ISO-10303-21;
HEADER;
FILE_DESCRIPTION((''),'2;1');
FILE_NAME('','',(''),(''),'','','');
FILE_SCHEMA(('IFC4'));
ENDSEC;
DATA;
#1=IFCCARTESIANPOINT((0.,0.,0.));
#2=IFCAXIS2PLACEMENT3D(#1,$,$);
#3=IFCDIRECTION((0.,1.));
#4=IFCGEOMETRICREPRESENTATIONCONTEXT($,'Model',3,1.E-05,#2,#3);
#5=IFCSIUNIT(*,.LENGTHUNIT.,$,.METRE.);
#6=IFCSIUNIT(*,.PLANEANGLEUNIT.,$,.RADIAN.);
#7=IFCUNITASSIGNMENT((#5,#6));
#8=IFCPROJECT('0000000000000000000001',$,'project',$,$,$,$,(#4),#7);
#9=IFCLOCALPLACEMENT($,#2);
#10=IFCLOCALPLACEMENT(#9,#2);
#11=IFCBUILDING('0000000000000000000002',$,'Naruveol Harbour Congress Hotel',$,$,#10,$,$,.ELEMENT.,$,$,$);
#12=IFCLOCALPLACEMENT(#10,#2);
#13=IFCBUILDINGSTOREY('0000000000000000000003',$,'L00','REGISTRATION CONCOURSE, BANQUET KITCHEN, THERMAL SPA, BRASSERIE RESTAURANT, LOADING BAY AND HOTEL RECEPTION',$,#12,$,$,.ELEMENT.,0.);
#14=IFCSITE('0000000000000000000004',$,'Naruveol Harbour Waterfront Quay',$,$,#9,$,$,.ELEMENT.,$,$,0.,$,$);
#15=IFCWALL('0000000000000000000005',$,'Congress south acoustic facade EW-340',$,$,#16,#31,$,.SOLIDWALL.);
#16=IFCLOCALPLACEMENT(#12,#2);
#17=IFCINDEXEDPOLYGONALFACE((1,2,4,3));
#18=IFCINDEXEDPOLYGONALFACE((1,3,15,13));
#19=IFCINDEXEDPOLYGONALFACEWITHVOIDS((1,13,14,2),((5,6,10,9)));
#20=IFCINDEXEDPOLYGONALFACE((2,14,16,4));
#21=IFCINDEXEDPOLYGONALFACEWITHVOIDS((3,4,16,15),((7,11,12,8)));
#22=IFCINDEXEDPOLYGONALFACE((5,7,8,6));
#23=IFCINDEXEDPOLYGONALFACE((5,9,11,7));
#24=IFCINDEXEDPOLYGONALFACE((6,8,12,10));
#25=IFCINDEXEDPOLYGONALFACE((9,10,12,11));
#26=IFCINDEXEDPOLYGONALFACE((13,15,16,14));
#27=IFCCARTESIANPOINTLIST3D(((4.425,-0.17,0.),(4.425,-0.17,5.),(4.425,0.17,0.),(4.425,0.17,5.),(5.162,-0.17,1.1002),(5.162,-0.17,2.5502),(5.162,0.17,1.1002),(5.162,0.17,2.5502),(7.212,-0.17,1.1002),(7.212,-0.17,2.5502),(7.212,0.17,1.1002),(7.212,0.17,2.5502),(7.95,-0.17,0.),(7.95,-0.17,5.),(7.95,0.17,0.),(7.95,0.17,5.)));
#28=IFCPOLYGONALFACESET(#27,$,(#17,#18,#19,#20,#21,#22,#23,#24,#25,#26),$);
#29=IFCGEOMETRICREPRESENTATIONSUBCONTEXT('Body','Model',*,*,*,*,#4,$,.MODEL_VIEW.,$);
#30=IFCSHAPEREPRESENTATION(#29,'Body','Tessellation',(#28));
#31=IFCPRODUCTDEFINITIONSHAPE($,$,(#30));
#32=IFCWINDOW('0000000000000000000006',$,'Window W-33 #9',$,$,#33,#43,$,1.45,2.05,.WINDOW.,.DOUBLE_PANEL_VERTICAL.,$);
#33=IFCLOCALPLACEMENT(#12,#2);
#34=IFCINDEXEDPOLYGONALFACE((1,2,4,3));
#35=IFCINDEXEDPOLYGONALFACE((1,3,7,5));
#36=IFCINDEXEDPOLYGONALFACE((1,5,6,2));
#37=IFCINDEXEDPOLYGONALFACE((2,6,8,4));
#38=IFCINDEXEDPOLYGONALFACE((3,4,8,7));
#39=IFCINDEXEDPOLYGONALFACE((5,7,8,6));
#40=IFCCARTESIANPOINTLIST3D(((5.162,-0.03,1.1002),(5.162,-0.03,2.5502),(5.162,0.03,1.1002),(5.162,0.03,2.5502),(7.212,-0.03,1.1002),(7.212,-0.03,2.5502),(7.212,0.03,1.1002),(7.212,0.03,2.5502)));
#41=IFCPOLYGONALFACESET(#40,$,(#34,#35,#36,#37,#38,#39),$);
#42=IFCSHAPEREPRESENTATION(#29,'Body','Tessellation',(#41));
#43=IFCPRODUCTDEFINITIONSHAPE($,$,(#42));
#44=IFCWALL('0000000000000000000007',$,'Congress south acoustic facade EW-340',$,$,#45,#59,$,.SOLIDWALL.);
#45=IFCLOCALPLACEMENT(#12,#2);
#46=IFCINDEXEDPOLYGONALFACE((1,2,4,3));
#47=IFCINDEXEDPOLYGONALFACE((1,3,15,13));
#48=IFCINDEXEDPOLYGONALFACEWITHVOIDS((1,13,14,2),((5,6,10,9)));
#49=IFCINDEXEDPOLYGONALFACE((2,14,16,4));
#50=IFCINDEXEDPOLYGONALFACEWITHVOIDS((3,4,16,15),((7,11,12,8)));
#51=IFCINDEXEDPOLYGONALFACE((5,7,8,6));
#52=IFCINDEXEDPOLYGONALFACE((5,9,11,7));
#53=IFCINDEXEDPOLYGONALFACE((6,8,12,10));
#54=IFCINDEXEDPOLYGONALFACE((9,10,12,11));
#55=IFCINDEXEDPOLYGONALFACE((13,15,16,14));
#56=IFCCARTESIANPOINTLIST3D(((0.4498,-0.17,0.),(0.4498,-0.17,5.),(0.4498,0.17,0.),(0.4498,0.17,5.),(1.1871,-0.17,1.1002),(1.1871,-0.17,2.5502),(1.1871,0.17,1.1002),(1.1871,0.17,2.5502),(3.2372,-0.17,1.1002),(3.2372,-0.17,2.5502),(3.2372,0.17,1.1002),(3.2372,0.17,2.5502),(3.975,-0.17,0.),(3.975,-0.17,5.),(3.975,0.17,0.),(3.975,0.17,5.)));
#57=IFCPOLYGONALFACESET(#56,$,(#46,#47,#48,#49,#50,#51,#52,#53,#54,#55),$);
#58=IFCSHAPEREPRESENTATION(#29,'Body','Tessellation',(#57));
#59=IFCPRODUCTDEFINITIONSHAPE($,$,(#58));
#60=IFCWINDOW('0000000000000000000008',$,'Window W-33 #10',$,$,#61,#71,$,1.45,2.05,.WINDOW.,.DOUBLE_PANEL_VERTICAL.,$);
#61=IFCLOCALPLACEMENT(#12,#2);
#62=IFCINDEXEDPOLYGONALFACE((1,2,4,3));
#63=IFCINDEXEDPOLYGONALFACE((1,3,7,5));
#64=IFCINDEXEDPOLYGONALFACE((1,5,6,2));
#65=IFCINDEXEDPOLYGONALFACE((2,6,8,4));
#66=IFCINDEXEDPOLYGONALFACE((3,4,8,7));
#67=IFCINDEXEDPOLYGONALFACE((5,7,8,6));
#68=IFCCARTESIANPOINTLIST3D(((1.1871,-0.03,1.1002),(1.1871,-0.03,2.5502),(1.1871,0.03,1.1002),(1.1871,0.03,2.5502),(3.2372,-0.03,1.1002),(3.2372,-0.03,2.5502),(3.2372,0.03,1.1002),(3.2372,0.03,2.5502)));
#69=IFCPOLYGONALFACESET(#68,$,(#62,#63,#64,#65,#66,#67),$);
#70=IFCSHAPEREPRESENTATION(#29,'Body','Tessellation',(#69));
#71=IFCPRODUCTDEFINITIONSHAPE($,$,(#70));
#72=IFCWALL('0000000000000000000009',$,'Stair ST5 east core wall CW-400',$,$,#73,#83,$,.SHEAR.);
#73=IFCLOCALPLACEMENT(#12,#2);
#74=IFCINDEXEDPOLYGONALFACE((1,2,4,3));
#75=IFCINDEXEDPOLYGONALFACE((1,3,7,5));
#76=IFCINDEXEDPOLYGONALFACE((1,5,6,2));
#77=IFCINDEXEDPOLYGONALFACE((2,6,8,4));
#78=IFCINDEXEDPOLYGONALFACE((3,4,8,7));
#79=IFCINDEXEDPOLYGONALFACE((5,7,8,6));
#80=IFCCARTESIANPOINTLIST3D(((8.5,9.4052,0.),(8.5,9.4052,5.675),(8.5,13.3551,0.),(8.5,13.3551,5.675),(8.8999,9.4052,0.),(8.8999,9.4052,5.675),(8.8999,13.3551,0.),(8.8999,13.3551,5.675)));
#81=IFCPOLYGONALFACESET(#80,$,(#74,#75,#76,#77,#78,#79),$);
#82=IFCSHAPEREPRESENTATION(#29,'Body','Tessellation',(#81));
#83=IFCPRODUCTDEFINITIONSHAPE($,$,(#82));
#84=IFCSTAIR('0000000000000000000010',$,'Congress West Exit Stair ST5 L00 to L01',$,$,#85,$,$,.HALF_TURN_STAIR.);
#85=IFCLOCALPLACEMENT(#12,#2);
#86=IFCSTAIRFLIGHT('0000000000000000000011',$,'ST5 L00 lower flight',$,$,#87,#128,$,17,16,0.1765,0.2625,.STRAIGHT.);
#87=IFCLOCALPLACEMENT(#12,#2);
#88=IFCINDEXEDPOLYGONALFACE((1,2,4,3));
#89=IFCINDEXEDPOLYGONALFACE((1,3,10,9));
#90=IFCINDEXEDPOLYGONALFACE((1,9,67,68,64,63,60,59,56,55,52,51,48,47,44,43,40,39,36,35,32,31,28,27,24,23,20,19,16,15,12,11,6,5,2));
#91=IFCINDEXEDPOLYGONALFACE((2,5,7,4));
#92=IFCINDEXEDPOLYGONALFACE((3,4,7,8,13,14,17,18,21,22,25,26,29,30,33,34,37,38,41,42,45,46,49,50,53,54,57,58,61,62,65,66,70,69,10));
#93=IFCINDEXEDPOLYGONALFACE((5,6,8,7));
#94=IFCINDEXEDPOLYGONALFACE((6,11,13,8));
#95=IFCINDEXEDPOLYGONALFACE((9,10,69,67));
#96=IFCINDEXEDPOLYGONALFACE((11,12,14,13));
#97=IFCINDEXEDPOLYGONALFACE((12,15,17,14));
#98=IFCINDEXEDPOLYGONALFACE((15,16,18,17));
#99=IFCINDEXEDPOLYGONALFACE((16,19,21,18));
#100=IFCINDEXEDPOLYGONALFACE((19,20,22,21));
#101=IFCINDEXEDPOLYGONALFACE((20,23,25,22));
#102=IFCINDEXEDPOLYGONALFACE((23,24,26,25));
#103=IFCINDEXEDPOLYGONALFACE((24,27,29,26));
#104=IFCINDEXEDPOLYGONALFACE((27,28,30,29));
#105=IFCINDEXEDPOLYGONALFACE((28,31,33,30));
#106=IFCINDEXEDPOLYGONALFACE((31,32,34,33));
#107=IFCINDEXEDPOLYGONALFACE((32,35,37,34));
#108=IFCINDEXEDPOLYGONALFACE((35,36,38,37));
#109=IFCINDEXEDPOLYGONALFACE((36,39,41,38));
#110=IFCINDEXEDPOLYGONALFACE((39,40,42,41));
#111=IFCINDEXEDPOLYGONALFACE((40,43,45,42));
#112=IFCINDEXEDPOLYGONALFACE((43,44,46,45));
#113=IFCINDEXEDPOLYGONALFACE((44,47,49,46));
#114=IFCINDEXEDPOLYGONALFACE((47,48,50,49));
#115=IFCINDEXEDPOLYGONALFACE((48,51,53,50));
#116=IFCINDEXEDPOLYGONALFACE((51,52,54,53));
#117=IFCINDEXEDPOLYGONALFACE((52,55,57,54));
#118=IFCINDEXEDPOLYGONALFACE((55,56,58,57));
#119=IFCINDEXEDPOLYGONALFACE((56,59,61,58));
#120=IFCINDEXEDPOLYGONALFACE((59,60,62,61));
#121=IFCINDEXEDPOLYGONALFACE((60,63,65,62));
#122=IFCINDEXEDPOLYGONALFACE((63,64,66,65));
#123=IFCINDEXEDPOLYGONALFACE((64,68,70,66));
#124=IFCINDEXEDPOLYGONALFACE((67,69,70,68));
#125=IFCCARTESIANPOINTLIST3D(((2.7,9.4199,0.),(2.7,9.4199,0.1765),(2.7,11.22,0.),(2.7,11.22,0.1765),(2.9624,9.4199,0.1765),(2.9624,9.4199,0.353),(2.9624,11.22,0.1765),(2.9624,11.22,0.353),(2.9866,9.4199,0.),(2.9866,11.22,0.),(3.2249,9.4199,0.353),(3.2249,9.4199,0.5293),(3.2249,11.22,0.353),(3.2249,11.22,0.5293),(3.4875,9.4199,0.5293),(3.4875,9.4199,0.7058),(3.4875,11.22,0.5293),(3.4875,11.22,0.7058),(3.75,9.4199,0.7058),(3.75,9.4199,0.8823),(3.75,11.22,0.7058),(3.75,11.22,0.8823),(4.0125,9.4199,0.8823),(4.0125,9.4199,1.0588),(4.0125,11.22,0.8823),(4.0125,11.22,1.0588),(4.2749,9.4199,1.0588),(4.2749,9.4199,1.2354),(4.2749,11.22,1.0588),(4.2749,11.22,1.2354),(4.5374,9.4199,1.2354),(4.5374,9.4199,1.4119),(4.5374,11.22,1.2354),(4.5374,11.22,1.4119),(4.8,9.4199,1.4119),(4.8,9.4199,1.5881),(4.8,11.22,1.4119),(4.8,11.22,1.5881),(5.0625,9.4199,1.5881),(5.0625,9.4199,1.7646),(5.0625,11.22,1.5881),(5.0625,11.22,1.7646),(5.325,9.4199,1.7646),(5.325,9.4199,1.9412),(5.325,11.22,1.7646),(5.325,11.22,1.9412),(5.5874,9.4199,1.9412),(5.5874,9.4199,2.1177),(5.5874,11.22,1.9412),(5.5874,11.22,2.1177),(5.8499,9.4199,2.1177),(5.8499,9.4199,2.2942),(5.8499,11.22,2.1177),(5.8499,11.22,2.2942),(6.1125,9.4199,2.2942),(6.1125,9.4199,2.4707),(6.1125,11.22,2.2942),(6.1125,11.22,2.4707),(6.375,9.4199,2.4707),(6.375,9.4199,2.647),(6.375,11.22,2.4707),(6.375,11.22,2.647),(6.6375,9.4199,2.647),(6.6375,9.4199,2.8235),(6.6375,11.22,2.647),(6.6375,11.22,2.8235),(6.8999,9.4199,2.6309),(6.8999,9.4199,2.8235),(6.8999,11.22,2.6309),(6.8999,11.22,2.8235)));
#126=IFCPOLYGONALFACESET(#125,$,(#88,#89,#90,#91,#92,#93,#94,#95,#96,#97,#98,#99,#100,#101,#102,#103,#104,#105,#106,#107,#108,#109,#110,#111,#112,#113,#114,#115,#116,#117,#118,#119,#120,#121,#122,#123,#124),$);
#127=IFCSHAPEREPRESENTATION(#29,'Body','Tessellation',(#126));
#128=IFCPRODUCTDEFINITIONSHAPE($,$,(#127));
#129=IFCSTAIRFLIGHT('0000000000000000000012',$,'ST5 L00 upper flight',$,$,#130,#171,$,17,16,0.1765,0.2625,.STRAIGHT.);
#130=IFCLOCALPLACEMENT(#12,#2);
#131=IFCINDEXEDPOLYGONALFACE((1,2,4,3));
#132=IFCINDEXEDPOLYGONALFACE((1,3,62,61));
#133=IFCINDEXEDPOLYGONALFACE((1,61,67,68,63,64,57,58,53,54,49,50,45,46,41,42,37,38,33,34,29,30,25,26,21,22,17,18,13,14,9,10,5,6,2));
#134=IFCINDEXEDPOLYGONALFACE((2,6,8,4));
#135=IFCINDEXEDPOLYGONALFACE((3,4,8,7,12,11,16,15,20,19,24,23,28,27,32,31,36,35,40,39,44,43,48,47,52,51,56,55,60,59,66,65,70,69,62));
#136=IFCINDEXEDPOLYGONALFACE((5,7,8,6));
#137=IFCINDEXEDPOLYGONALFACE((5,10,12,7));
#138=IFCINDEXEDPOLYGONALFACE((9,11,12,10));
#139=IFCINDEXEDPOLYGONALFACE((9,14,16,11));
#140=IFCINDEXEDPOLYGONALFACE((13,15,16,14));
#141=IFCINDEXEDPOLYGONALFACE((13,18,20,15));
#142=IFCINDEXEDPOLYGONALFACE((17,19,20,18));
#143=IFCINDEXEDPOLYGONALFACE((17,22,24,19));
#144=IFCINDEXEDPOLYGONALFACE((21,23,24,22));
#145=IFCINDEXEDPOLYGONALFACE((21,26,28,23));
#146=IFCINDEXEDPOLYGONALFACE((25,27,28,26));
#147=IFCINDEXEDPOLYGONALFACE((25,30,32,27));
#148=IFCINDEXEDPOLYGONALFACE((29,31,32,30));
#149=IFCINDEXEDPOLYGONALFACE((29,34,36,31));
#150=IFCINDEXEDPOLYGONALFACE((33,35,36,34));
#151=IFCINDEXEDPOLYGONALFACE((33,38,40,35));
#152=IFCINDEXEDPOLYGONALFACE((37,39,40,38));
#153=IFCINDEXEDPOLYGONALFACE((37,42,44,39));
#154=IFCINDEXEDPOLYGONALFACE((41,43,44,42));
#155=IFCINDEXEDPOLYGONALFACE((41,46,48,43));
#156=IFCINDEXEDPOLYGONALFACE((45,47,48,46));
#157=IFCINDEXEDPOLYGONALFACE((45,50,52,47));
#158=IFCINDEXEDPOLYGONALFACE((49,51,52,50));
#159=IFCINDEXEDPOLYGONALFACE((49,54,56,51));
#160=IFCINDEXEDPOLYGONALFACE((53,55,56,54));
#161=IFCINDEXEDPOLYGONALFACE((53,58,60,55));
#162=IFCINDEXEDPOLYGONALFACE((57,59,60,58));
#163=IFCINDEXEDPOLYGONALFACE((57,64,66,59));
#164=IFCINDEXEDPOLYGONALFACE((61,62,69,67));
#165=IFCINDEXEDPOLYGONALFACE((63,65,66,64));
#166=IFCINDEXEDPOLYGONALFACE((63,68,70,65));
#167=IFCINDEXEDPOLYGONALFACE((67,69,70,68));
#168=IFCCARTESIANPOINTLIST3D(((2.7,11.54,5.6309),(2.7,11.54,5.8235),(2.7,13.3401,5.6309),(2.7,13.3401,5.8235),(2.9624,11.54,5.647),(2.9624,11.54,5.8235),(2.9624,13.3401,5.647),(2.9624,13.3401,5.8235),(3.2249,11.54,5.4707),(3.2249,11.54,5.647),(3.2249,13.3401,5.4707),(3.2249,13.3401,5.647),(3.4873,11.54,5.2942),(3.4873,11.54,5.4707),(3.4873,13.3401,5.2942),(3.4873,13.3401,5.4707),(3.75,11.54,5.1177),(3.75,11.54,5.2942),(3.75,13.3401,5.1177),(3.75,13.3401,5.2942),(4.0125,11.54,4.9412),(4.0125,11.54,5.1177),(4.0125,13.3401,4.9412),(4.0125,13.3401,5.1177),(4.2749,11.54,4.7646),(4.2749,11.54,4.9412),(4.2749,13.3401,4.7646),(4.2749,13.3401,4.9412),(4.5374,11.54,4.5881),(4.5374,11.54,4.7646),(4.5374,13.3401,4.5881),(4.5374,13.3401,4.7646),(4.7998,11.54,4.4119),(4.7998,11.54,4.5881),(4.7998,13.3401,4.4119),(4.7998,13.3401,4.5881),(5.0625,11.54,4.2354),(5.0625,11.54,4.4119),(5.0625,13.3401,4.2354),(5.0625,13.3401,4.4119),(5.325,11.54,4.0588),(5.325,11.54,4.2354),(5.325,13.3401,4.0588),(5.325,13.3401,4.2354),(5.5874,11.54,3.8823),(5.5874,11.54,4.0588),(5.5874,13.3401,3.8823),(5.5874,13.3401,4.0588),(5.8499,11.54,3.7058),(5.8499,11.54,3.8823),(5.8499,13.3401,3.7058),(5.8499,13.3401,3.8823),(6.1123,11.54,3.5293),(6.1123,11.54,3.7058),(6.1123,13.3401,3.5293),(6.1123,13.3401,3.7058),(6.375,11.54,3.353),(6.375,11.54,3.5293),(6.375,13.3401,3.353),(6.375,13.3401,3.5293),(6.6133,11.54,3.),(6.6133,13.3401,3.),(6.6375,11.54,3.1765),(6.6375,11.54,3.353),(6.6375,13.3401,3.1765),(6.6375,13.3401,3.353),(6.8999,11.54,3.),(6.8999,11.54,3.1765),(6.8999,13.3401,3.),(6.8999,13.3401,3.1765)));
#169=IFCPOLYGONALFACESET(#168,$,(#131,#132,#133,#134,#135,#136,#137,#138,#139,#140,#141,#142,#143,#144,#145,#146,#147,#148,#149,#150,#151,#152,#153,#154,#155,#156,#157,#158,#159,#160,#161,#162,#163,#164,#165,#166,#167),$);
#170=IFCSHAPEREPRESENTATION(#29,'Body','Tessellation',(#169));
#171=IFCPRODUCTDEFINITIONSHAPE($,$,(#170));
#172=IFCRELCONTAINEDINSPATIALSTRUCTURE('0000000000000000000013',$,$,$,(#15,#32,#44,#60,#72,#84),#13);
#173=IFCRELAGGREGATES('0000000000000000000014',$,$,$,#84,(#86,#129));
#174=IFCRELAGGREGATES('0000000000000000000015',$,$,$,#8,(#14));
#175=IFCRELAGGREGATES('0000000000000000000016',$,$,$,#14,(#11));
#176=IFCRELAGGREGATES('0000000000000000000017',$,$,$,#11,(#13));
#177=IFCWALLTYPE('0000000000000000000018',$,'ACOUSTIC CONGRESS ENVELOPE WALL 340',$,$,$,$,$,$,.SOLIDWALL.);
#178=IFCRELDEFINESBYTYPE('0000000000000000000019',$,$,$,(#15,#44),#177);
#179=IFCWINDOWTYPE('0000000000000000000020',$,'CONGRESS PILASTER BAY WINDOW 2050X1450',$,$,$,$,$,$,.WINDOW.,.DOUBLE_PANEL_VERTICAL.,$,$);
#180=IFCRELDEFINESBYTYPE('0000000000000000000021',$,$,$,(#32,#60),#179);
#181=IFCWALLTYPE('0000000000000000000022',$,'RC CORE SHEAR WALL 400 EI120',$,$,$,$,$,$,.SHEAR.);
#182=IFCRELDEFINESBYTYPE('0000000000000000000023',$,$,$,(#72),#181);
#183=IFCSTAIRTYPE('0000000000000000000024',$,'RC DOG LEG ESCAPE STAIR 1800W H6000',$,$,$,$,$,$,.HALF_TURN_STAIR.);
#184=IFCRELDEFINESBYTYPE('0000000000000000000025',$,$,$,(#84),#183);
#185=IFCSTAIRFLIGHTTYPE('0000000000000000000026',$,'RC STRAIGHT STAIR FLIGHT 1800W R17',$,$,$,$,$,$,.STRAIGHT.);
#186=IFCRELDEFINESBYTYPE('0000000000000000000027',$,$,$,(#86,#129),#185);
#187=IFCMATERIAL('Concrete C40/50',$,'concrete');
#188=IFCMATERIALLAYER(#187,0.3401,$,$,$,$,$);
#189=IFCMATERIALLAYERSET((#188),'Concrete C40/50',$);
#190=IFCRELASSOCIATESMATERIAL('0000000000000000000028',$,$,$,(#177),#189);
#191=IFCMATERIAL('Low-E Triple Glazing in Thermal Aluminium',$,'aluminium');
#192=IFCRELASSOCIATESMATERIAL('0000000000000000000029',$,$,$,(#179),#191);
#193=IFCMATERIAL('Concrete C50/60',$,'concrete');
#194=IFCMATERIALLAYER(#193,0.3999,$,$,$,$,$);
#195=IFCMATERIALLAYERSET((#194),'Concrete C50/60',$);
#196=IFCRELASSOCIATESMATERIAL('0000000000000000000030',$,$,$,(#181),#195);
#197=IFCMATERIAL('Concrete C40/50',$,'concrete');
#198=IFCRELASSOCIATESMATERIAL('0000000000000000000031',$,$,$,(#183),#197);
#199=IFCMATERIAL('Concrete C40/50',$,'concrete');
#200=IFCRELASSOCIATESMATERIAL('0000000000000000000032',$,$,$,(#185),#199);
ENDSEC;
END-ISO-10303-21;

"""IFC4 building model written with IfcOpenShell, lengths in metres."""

from ifc_helpers import new_model, si_unit, direction, frame, frame_2d, origin, place, context, subcontext, project, spatial, polyline, rectangle, outline, extrude, material, layer, layer_set, type_object, element, fill, aggregate, save


model = new_model("IFC4")

# Units and contexts
model_context = context("Model", 3, precision=1e-05, world=origin(), true_north=direction((0.0, 1.0)))
body_context = subcontext(model_context, "Body", "Model", "MODEL_VIEW")
ifc_project = project(units=[si_unit("LENGTHUNIT", "METRE"), si_unit("PLANEANGLEUNIT", "RADIAN")], contexts=[model_context])

# Site, building, storey
site_placement = place(None, origin())
site = spatial("IfcSite", under=ifc_project, at=site_placement, Name="Naruveol Harbour Waterfront Quay", CompositionType="ELEMENT", RefElevation=0.0)
building_placement = place(site_placement, origin())
building = spatial("IfcBuilding", under=site, at=building_placement, Name="Naruveol Harbour Congress Hotel", CompositionType="ELEMENT")
storey_placement = place(building_placement, origin())
storey = spatial("IfcBuildingStorey", under=building, at=storey_placement, Name="L00", Description="REGISTRATION CONCOURSE, BANQUET KITCHEN, THERMAL SPA, BRASSERIE RESTAURANT, LOADING BAY AND HOTEL RECEPTION", CompositionType="ELEMENT", Elevation=0.0)

# Shared definitions
ifc_material_1 = material(Name="Concrete C40/50", Category="concrete")
ifc_layer_1 = layer(ifc_material_1, 0.3401)
ifc_layer_set_1 = layer_set([ifc_layer_1], Name="Concrete C40/50")
wall_type_1 = type_object("IfcWallType", Name="ACOUSTIC CONGRESS ENVELOPE WALL 340", PredefinedType="SOLIDWALL", material=ifc_layer_set_1)
ifc_material_2 = material(Name="Low-E Triple Glazing in Thermal Aluminium", Category="aluminium")
window_type = type_object("IfcWindowType", Name="CONGRESS PILASTER BAY WINDOW 2050X1450", PartitioningType="DOUBLE_PANEL_VERTICAL", PredefinedType="WINDOW", material=ifc_material_2)

# Walls, openings, windows
wall_1_placement = place(storey_placement, frame((7.95, 0.0, 0.0), z_axis=(0.0, 0.0, 1.0), x_axis=(-1.0, 0.0, 0.0)))
wall_1 = element("IfcWall", 1, at=wall_1_placement, inside=storey, type_object=wall_type_1, Name="Congress south acoustic facade EW-340", PredefinedType="SOLIDWALL", context=body_context, shape_type="SweptSolid", body=[
    extrude(rectangle(XDim=3.5249, YDim=0.3401, at=frame_2d((1.7625, 0.0))), origin(), (0.0, 0.0, 1.0), 5.0),
])
opening_1_placement = place(wall_1_placement, frame((0.738, 0.0, 1.1001)))
opening_1 = element("IfcOpeningElement", 2, at=opening_1_placement, cuts=wall_1, PredefinedType="OPENING", context=body_context, shape_type="SweptSolid", body=[
    extrude(rectangle(XDim=2.05, YDim=1.45, at=frame_2d((1.0249, 0.7251))), frame((0.0, 0.1799, 0.0), z_axis=(0.0, -1.0, 0.0), x_axis=(1.0, 0.0, 0.0)), (0.0, 0.0, 1.0), 0.3601),
])
window_1_placement = place(opening_1_placement, origin())
window_1 = element("IfcWindow", 3, at=window_1_placement, inside=storey, type_object=window_type, Name="Window W-33 #9", OverallHeight=1.45, OverallWidth=2.05, PartitioningType="DOUBLE_PANEL_VERTICAL", PredefinedType="WINDOW", context=body_context, shape_type="SweptSolid", body=[
    extrude(rectangle(XDim=2.05, YDim=1.45, at=frame_2d((1.0249, 0.7251))), frame((0.0, 0.03, 0.0), z_axis=(0.0, -1.0, 0.0), x_axis=(1.0, 0.0, 0.0)), (0.0, 0.0, 1.0), 0.0601),
])
fill(opening_1, window_1)
wall_2_placement = place(storey_placement, frame((3.9751, 0.0, 0.0), z_axis=(0.0, 0.0, 1.0), x_axis=(-1.0, 0.0, 0.0)))
wall_2 = element("IfcWall", 4, at=wall_2_placement, inside=storey, type_object=wall_type_1, Name="Congress south acoustic facade EW-340", PredefinedType="SOLIDWALL", context=body_context, shape_type="SweptSolid", body=[
    extrude(rectangle(XDim=3.5251, YDim=0.3401, at=frame_2d((1.7627, 0.0))), origin(), (0.0, 0.0, 1.0), 5.0),
])
opening_2_placement = place(wall_2_placement, frame((0.738, 0.0, 1.1001)))
opening_2 = element("IfcOpeningElement", 5, at=opening_2_placement, cuts=wall_2, PredefinedType="OPENING", context=body_context, shape_type="SweptSolid", body=[
    extrude(rectangle(XDim=2.05, YDim=1.45, at=frame_2d((1.0249, 0.7251))), frame((0.0, 0.1799, 0.0), z_axis=(0.0, -1.0, 0.0), x_axis=(1.0, 0.0, 0.0)), (0.0, 0.0, 1.0), 0.3601),
])
window_2_placement = place(opening_2_placement, origin())
window_2 = element("IfcWindow", 6, at=window_2_placement, inside=storey, type_object=window_type, Name="Window W-33 #10", OverallHeight=1.45, OverallWidth=2.05, PartitioningType="DOUBLE_PANEL_VERTICAL", PredefinedType="WINDOW", context=body_context, shape_type="SweptSolid", body=[
    extrude(rectangle(XDim=2.05, YDim=1.45, at=frame_2d((1.0249, 0.7251))), frame((0.0, 0.03, 0.0), z_axis=(0.0, -1.0, 0.0), x_axis=(1.0, 0.0, 0.0)), (0.0, 0.0, 1.0), 0.0601),
])
fill(opening_2, window_2)

# Wall
ifc_material_3 = material(Name="Concrete C50/60", Category="concrete")
ifc_layer_2 = layer(ifc_material_3, 0.3999)
ifc_layer_set_2 = layer_set([ifc_layer_2], Name="Concrete C50/60")
wall_type_2 = type_object("IfcWallType", Name="RC CORE SHEAR WALL 400 EI120", PredefinedType="SHEAR", material=ifc_layer_set_2)
wall_3_placement = place(storey_placement, frame((8.7, 9.405, 0.0), z_axis=(0.0, 0.0, 1.0), x_axis=(0.0, 1.0, 0.0)))
element("IfcWall", 7, at=wall_3_placement, inside=storey, type_object=wall_type_2, Name="Stair ST5 east core wall CW-400", PredefinedType="SHEAR", context=body_context, shape_type="SweptSolid", body=[
    extrude(rectangle(XDim=3.95, YDim=0.3999, at=frame_2d((1.9751, 0.0))), origin(), (0.0, 0.0, 1.0), 5.675),
])

# Stair, stair flights
ifc_material_4 = material(Name="Concrete C40/50", Category="concrete")
stair_type = type_object("IfcStairType", Name="RC DOG LEG ESCAPE STAIR 1800W H6000", PredefinedType="HALF_TURN_STAIR", material=ifc_material_4)
stair_placement = place(storey_placement, origin())
stair = element("IfcStair", 8, at=stair_placement, inside=storey, type_object=stair_type, Name="Congress West Exit Stair ST5 L00 to L01", PredefinedType="HALF_TURN_STAIR")
ifc_material_5 = material(Name="Concrete C40/50", Category="concrete")
stair_flight_type = type_object("IfcStairFlightType", Name="RC STRAIGHT STAIR FLIGHT 1800W R17", PredefinedType="STRAIGHT", material=ifc_material_5)
stair_flight_1_placement = place(storey_placement, frame((2.7, 10.3201, 0.0), z_axis=(0.0, 0.0, 1.0), x_axis=(1.0, 0.0, 0.0)))
stair_flight_1 = element("IfcStairFlight", 9, at=stair_flight_1_placement, type_object=stair_flight_type, Name="ST5 L00 lower flight", NumberOfRisers=17, NumberOfTreads=16, PredefinedType="STRAIGHT", RiserHeight=0.1765, TreadLength=0.2625, context=body_context, shape_type="SweptSolid", body=[
    extrude(outline(polyline([(0.0, 0.0), (0.0, 0.1765), (0.2625, 0.1765), (0.2625, 0.353), (0.5249, 0.353), (0.5249, 0.5293), (0.7876, 0.5293), (0.7876, 0.7058), (1.05, 0.7058), (1.05, 0.8823), (1.3125, 0.8823), (1.3125, 1.0588), (1.575, 1.0588), (1.575, 1.2354), (1.8374, 1.2354), (1.8374, 1.4119), (2.1001, 1.4119), (2.1001, 1.5881), (2.3625, 1.5881), (2.3625, 1.7646), (2.625, 1.7646), (2.625, 1.9412), (2.8875, 1.9412), (2.8875, 2.1177), (3.1499, 2.1177), (3.1499, 2.2942), (3.4126, 2.2942), (3.4126, 2.4707), (3.675, 2.4707), (3.675, 2.647), (3.9375, 2.647), (3.9375, 2.8235), (4.2, 2.8235), (4.2, 3.0), (4.2, 2.6309), (0.2866, 0.0), (0.0, 0.0)])), frame((0.0, 0.8999, 0.0), z_axis=(0.0, -1.0, 0.0), x_axis=(1.0, 0.0, 0.0)), (0.0, 0.0, 1.0), 1.8),
])
stair_flight_2_placement = place(storey_placement, frame((6.8999, 12.4399, 3.0), z_axis=(0.0, 0.0, 1.0), x_axis=(-1.0, 0.0, 0.0)))
stair_flight_2 = element("IfcStairFlight", 10, at=stair_flight_2_placement, type_object=stair_flight_type, Name="ST5 L00 upper flight", NumberOfRisers=17, NumberOfTreads=16, PredefinedType="STRAIGHT", RiserHeight=0.1765, TreadLength=0.2625, context=body_context, shape_type="SweptSolid", body=[
    extrude(outline(polyline([(0.0, 0.0), (0.0, 0.1765), (0.2625, 0.1765), (0.2625, 0.353), (0.5249, 0.353), (0.5249, 0.5293), (0.7876, 0.5293), (0.7876, 0.7058), (1.05, 0.7058), (1.05, 0.8823), (1.3125, 0.8823), (1.3125, 1.0588), (1.575, 1.0588), (1.575, 1.2354), (1.8374, 1.2354), (1.8374, 1.4119), (2.1001, 1.4119), (2.1001, 1.5881), (2.3625, 1.5881), (2.3625, 1.7646), (2.625, 1.7646), (2.625, 1.9412), (2.8875, 1.9412), (2.8875, 2.1177), (3.1499, 2.1177), (3.1499, 2.2942), (3.4126, 2.2942), (3.4126, 2.4707), (3.675, 2.4707), (3.675, 2.647), (3.9375, 2.647), (3.9375, 2.8235), (4.2, 2.8235), (4.2, 3.0), (4.2, 2.6309), (0.2866, 0.0), (0.0, 0.0)])), frame((0.0, 0.8999, 0.0), z_axis=(0.0, -1.0, 0.0), x_axis=(1.0, 0.0, 0.0)), (0.0, 0.0, 1.0), 1.8),
])
aggregate(stair, [stair_flight_1, stair_flight_2])

save(model, "model.ifc")
